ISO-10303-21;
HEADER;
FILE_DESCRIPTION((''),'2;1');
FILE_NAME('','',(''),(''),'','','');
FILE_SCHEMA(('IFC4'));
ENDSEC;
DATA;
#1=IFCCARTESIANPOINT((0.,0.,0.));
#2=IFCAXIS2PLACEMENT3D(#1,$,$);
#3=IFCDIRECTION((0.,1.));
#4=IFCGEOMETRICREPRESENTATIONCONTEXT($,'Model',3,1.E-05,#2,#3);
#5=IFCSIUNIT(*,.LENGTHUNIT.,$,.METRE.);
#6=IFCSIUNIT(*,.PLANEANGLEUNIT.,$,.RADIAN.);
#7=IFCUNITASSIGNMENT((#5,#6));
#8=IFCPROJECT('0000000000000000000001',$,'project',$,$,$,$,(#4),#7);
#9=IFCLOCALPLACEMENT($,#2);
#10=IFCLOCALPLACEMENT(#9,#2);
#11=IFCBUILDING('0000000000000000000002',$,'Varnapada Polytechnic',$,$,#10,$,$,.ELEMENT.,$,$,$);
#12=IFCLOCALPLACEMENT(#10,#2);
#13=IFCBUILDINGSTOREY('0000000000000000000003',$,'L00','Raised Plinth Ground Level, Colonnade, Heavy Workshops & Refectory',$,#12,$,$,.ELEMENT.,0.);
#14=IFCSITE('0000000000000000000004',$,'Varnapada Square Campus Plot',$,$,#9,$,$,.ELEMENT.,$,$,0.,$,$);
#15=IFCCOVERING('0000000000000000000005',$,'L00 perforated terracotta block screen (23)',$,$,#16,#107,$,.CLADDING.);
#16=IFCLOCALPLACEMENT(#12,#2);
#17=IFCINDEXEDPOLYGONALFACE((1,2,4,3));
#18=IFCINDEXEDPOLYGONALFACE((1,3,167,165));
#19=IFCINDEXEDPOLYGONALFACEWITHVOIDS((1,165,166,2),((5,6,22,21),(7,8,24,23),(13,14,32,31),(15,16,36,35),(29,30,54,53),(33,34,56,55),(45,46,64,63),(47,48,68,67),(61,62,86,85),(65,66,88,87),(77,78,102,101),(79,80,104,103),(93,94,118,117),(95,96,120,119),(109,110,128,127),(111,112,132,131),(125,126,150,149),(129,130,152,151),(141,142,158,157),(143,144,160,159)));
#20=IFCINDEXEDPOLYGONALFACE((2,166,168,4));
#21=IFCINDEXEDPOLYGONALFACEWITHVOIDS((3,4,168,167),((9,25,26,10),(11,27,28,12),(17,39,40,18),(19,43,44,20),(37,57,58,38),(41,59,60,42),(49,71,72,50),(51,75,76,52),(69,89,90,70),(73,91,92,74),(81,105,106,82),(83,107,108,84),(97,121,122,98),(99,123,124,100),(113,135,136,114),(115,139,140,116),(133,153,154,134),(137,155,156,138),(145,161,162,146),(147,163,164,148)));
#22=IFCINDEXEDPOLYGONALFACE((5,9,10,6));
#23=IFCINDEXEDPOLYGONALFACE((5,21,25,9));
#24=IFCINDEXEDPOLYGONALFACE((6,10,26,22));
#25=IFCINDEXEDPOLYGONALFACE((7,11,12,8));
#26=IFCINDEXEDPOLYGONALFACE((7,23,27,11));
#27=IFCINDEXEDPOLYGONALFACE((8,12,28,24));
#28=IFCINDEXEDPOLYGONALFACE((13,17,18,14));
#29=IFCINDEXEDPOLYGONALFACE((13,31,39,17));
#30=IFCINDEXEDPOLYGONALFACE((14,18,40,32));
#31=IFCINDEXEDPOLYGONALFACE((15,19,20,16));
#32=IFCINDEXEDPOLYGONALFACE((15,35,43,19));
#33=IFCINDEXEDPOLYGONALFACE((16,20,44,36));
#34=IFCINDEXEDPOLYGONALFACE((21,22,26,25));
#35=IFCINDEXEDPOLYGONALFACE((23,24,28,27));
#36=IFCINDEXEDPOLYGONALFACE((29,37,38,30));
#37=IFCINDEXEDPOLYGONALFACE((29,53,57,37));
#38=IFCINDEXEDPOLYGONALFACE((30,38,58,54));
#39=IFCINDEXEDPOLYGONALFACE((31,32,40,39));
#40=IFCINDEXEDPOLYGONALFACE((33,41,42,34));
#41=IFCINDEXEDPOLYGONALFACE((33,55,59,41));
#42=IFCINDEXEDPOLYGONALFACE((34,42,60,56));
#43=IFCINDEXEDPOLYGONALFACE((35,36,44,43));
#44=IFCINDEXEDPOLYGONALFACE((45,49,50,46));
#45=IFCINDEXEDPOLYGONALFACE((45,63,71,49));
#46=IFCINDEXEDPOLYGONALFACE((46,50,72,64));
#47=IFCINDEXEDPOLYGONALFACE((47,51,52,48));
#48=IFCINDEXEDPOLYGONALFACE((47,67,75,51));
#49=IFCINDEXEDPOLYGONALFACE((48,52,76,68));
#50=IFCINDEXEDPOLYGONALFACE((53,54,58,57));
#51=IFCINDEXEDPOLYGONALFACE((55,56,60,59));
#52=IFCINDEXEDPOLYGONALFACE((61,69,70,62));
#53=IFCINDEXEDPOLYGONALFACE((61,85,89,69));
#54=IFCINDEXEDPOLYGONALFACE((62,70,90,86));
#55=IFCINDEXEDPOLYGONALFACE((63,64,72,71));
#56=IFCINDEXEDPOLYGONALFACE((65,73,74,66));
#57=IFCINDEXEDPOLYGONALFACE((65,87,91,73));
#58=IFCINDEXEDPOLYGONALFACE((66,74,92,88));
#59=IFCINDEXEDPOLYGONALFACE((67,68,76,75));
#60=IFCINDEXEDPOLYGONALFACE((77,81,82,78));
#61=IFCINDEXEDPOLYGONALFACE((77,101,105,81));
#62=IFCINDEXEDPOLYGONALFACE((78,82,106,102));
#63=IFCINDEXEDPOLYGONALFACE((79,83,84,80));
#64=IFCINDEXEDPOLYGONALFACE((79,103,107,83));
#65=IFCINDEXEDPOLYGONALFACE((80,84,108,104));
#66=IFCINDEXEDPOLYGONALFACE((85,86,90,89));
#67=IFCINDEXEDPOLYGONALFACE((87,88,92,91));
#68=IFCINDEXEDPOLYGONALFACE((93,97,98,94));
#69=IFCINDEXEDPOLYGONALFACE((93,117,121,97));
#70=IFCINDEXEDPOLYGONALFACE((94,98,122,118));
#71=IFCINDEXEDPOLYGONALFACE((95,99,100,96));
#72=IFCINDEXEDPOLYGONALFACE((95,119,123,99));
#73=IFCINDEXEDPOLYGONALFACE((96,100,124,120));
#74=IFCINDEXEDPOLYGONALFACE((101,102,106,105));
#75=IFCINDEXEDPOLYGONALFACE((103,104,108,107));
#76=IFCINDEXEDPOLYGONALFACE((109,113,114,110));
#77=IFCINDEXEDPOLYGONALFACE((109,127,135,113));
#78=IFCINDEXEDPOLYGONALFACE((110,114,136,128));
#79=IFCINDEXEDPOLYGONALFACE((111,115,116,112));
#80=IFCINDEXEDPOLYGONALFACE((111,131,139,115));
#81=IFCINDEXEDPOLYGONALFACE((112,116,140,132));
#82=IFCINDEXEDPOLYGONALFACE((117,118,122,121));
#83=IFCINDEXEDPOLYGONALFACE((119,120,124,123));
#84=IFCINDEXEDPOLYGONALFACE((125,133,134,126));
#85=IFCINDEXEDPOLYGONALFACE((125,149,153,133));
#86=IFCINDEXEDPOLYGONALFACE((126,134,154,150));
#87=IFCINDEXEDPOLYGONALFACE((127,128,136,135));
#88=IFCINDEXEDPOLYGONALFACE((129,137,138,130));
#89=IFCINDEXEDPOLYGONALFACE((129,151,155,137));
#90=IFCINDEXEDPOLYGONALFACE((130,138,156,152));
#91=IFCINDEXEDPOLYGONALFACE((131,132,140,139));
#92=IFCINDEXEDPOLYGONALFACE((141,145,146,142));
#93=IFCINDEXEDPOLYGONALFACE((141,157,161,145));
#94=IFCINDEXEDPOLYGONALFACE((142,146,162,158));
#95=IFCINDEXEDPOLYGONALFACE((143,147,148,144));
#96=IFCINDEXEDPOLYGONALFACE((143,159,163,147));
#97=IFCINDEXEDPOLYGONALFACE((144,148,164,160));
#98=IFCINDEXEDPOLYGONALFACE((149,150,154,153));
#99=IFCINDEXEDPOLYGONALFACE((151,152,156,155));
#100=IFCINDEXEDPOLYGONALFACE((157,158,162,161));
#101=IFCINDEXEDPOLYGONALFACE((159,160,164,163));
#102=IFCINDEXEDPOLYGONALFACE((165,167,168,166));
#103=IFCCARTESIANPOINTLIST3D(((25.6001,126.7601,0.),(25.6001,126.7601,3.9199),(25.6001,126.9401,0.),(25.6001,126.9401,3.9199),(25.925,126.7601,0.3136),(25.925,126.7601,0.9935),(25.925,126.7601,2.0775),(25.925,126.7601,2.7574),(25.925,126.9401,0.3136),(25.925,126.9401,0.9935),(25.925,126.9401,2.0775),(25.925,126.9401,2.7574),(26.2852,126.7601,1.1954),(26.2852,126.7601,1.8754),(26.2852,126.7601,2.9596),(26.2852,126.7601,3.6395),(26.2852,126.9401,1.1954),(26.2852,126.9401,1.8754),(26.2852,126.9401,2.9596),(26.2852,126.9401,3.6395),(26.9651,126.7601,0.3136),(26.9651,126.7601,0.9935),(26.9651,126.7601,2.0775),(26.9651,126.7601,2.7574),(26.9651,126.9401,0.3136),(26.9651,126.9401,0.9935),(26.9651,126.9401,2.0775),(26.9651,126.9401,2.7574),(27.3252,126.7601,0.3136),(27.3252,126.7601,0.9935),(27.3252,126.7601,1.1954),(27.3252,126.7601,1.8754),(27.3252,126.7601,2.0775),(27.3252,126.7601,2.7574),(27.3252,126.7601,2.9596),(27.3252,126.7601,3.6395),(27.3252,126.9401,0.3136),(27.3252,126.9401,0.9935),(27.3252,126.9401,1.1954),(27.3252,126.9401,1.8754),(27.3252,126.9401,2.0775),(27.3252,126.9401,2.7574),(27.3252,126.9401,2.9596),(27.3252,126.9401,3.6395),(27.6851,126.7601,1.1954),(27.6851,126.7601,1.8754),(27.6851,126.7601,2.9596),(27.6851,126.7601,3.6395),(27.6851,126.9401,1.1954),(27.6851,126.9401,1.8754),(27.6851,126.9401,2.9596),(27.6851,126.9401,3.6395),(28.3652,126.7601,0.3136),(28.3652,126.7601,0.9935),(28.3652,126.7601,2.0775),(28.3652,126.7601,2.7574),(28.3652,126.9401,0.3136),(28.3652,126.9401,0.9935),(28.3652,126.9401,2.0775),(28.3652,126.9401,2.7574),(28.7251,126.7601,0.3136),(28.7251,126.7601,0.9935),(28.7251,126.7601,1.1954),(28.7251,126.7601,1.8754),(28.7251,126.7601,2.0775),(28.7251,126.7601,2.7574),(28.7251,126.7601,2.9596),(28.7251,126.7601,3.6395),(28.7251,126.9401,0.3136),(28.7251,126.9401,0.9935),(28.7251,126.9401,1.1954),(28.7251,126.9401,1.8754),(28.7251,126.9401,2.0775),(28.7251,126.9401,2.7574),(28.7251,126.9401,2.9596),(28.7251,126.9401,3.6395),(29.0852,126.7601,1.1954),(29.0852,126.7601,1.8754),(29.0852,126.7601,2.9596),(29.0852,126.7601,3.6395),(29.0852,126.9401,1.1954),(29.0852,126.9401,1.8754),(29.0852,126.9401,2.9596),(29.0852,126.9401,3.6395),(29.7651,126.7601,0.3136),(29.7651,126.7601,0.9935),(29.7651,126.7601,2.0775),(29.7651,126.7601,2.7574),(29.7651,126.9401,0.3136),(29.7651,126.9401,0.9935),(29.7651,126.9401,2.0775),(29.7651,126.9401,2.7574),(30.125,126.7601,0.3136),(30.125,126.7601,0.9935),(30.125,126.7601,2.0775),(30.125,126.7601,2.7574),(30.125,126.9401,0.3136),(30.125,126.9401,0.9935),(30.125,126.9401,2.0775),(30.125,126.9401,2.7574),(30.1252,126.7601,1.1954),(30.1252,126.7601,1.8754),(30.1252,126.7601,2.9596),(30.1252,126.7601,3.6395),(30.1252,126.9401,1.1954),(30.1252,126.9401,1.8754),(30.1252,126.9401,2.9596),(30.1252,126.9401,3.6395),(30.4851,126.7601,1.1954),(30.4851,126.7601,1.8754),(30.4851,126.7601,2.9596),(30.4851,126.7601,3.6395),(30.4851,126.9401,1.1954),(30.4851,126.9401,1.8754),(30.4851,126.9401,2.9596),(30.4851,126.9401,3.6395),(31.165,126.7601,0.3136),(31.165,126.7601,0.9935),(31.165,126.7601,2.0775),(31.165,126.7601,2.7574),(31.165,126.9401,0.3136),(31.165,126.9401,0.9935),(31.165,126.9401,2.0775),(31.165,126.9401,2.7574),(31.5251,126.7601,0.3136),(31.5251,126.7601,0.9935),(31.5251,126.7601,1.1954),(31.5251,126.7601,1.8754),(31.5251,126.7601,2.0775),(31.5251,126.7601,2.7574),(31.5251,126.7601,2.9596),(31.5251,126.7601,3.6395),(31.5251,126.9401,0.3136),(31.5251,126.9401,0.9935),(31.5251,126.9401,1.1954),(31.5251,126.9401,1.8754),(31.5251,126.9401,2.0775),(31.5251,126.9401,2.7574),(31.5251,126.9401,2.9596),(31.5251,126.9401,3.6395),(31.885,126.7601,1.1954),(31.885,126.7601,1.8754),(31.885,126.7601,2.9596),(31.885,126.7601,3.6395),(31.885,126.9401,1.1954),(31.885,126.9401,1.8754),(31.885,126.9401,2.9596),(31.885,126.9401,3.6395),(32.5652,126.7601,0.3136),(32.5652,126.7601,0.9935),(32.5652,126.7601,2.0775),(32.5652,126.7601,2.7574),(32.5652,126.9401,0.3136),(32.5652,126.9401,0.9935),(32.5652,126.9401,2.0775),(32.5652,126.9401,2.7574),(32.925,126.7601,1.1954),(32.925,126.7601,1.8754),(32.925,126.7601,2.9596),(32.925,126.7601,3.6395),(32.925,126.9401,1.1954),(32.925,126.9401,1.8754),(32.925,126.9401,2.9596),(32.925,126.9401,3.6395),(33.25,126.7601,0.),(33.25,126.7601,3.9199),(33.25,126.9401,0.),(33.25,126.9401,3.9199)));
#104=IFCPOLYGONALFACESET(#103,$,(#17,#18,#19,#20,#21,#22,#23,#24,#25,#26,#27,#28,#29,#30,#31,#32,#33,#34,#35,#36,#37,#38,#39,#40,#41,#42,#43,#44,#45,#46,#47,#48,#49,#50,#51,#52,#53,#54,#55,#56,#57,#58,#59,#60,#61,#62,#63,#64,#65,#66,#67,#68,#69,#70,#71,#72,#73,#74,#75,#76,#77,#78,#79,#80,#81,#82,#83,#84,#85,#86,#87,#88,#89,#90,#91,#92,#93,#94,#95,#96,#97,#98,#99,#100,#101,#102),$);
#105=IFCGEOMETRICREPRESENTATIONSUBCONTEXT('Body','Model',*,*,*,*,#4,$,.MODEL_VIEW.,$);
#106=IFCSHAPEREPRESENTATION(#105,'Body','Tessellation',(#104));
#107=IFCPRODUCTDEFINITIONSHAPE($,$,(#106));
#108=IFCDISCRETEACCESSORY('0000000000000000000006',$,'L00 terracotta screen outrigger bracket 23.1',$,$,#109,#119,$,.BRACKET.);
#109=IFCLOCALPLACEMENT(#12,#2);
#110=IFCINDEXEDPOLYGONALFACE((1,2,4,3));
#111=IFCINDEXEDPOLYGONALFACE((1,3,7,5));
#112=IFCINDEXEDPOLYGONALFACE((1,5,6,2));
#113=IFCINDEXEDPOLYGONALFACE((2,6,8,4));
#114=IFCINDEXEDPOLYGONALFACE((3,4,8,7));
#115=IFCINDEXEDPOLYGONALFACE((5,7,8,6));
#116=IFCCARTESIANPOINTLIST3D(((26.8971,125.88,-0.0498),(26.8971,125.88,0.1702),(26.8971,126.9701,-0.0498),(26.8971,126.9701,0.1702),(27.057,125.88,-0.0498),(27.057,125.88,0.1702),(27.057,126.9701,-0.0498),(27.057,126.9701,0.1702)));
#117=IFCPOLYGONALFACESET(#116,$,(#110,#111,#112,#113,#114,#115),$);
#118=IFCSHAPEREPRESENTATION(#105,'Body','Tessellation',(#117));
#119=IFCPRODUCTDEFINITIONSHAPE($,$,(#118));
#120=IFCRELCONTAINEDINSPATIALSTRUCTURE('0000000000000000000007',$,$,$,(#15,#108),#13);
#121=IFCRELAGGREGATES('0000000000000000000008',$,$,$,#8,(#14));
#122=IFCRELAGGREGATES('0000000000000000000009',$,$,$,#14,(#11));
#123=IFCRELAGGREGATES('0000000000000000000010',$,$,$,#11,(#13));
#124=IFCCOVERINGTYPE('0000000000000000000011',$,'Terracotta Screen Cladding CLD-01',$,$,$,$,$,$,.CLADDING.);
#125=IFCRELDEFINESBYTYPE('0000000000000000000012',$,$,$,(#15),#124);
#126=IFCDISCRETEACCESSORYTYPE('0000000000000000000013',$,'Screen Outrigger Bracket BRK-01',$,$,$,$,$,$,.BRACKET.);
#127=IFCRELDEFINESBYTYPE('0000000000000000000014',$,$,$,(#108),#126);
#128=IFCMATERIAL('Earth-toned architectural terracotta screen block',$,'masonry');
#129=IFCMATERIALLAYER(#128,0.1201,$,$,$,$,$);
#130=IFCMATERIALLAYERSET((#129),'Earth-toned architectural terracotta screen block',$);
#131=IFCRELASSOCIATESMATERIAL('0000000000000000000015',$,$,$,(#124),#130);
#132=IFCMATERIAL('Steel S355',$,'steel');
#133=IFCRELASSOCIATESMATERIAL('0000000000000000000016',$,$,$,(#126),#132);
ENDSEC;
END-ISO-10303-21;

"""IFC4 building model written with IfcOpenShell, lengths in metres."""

from ifc_helpers import new_model, si_unit, direction, frame, frame_2d, origin, origin_2d, place, context, subcontext, project, spatial, rectangle, extrude, material, layer, layer_set, type_object, element, save


model = new_model("IFC4")

# Units and contexts
model_context = context("Model", 3, precision=1e-05, world=origin(), true_north=direction((0.0, 1.0)))
body_context = subcontext(model_context, "Body", "Model", "MODEL_VIEW")
ifc_project = project(units=[si_unit("LENGTHUNIT", "METRE"), si_unit("PLANEANGLEUNIT", "RADIAN")], contexts=[model_context])

# Site, building, storey
site_placement = place(None, origin())
site = spatial("IfcSite", under=ifc_project, at=site_placement, Name="Varnapada Square Campus Plot", CompositionType="ELEMENT", RefElevation=0.0)
building_placement = place(site_placement, origin())
building = spatial("IfcBuilding", under=site, at=building_placement, Name="Varnapada Polytechnic", CompositionType="ELEMENT")
storey_placement = place(building_placement, origin())
storey = spatial("IfcBuildingStorey", under=building, at=storey_placement, Name="L00", Description="Raised Plinth Ground Level, Colonnade, Heavy Workshops & Refectory", CompositionType="ELEMENT", Elevation=0.0)

# Covering, openings
ifc_material_1 = material(Name="Earth-toned architectural terracotta screen block", Category="masonry")
ifc_layer_1 = layer(ifc_material_1, 0.1201)
ifc_layer_set_1 = layer_set([ifc_layer_1], Name="Earth-toned architectural terracotta screen block")
covering_type_1 = type_object("IfcCoveringType", Name="Terracotta Screen Cladding CLD-01", PredefinedType="CLADDING", material=ifc_layer_set_1)
covering_1_placement = place(storey_placement, frame((25.6001, 126.8501, 0.0), z_axis=(0.0, 0.0, 1.0), x_axis=(1.0, 0.0, 0.0)))
covering_1 = element("IfcCovering", 1, at=covering_1_placement, inside=storey, type_object=covering_type_1, Name="L00 perforated terracotta block screen (23)", PredefinedType="CLADDING", context=body_context, shape_type="SweptSolid", body=[
    extrude(rectangle(XDim=7.6499, YDim=0.1799, at=frame_2d((3.825, 0.0))), origin(), (0.0, 0.0, 1.0), 3.9199),
])
opening_1_placement = place(covering_1_placement, frame((0.325, 0.0, 0.3137)))
element("IfcOpeningElement", 2, at=opening_1_placement, cuts=covering_1, PredefinedType="OPENING", context=body_context, shape_type="SweptSolid", body=[
    extrude(rectangle(XDim=1.04, YDim=0.6799, at=frame_2d((0.52, 0.3398))), frame((0.0, 0.0999, 0.0), z_axis=(0.0, -1.0, 0.0), x_axis=(1.0, 0.0, 0.0)), (0.0, 0.0, 1.0), 0.2),
])
opening_2_placement = place(covering_1_placement, frame((1.7251, 0.0, 0.3137)))
element("IfcOpeningElement", 3, at=opening_2_placement, cuts=covering_1, PredefinedType="OPENING", context=body_context, shape_type="SweptSolid", body=[
    extrude(rectangle(XDim=1.04, YDim=0.6799, at=frame_2d((0.52, 0.3398))), frame((0.0, 0.0999, 0.0), z_axis=(0.0, -1.0, 0.0), x_axis=(1.0, 0.0, 0.0)), (0.0, 0.0, 1.0), 0.2),
])
opening_3_placement = place(covering_1_placement, frame((3.125, 0.0, 0.3137)))
element("IfcOpeningElement", 4, at=opening_3_placement, cuts=covering_1, PredefinedType="OPENING", context=body_context, shape_type="SweptSolid", body=[
    extrude(rectangle(XDim=1.04, YDim=0.6799, at=frame_2d((0.52, 0.3398))), frame((0.0, 0.0999, 0.0), z_axis=(0.0, -1.0, 0.0), x_axis=(1.0, 0.0, 0.0)), (0.0, 0.0, 1.0), 0.2),
])
opening_4_placement = place(covering_1_placement, frame((4.5249, 0.0, 0.3137)))
element("IfcOpeningElement", 5, at=opening_4_placement, cuts=covering_1, PredefinedType="OPENING", context=body_context, shape_type="SweptSolid", body=[
    extrude(rectangle(XDim=1.04, YDim=0.6799, at=frame_2d((0.52, 0.3398))), frame((0.0, 0.0999, 0.0), z_axis=(0.0, -1.0, 0.0), x_axis=(1.0, 0.0, 0.0)), (0.0, 0.0, 1.0), 0.2),
])
opening_5_placement = place(covering_1_placement, frame((5.925, 0.0, 0.3137)))
element("IfcOpeningElement", 6, at=opening_5_placement, cuts=covering_1, PredefinedType="OPENING", context=body_context, shape_type="SweptSolid", body=[
    extrude(rectangle(XDim=1.04, YDim=0.6799, at=frame_2d((0.52, 0.3398))), frame((0.0, 0.0999, 0.0), z_axis=(0.0, -1.0, 0.0), x_axis=(1.0, 0.0, 0.0)), (0.0, 0.0, 1.0), 0.2),
])
opening_6_placement = place(covering_1_placement, frame((0.6851, 0.0, 1.1956)))
element("IfcOpeningElement", 7, at=opening_6_placement, cuts=covering_1, PredefinedType="OPENING", context=body_context, shape_type="SweptSolid", body=[
    extrude(rectangle(XDim=1.04, YDim=0.6799, at=frame_2d((0.52, 0.3398))), frame((0.0, 0.0999, 0.0), z_axis=(0.0, -1.0, 0.0), x_axis=(1.0, 0.0, 0.0)), (0.0, 0.0, 1.0), 0.2),
])
opening_7_placement = place(covering_1_placement, frame((2.085, 0.0, 1.1956)))
element("IfcOpeningElement", 8, at=opening_7_placement, cuts=covering_1, PredefinedType="OPENING", context=body_context, shape_type="SweptSolid", body=[
    extrude(rectangle(XDim=1.04, YDim=0.6799, at=frame_2d((0.52, 0.3398))), frame((0.0, 0.0999, 0.0), z_axis=(0.0, -1.0, 0.0), x_axis=(1.0, 0.0, 0.0)), (0.0, 0.0, 1.0), 0.2),
])
opening_8_placement = place(covering_1_placement, frame((3.4851, 0.0, 1.1956)))
element("IfcOpeningElement", 9, at=opening_8_placement, cuts=covering_1, PredefinedType="OPENING", context=body_context, shape_type="SweptSolid", body=[
    extrude(rectangle(XDim=1.04, YDim=0.6799, at=frame_2d((0.52, 0.3398))), frame((0.0, 0.0999, 0.0), z_axis=(0.0, -1.0, 0.0), x_axis=(1.0, 0.0, 0.0)), (0.0, 0.0, 1.0), 0.2),
])
opening_9_placement = place(covering_1_placement, frame((4.885, 0.0, 1.1956)))
element("IfcOpeningElement", 10, at=opening_9_placement, cuts=covering_1, PredefinedType="OPENING", context=body_context, shape_type="SweptSolid", body=[
    extrude(rectangle(XDim=1.04, YDim=0.6799, at=frame_2d((0.52, 0.3398))), frame((0.0, 0.0999, 0.0), z_axis=(0.0, -1.0, 0.0), x_axis=(1.0, 0.0, 0.0)), (0.0, 0.0, 1.0), 0.2),
])
opening_10_placement = place(covering_1_placement, frame((6.2849, 0.0, 1.1956)))
element("IfcOpeningElement", 11, at=opening_10_placement, cuts=covering_1, PredefinedType="OPENING", context=body_context, shape_type="SweptSolid", body=[
    extrude(rectangle(XDim=1.04, YDim=0.6799, at=frame_2d((0.52, 0.3398))), frame((0.0, 0.0999, 0.0), z_axis=(0.0, -1.0, 0.0), x_axis=(1.0, 0.0, 0.0)), (0.0, 0.0, 1.0), 0.2),
])
opening_11_placement = place(covering_1_placement, frame((0.325, 0.0, 2.0776)))
element("IfcOpeningElement", 12, at=opening_11_placement, cuts=covering_1, PredefinedType="OPENING", context=body_context, shape_type="SweptSolid", body=[
    extrude(rectangle(XDim=1.04, YDim=0.6799, at=frame_2d((0.52, 0.3398))), frame((0.0, 0.0999, 0.0), z_axis=(0.0, -1.0, 0.0), x_axis=(1.0, 0.0, 0.0)), (0.0, 0.0, 1.0), 0.2),
])
opening_12_placement = place(covering_1_placement, frame((1.7251, 0.0, 2.0776)))
element("IfcOpeningElement", 13, at=opening_12_placement, cuts=covering_1, PredefinedType="OPENING", context=body_context, shape_type="SweptSolid", body=[
    extrude(rectangle(XDim=1.04, YDim=0.6799, at=frame_2d((0.52, 0.3398))), frame((0.0, 0.0999, 0.0), z_axis=(0.0, -1.0, 0.0), x_axis=(1.0, 0.0, 0.0)), (0.0, 0.0, 1.0), 0.2),
])
opening_13_placement = place(covering_1_placement, frame((3.125, 0.0, 2.0776)))
element("IfcOpeningElement", 14, at=opening_13_placement, cuts=covering_1, PredefinedType="OPENING", context=body_context, shape_type="SweptSolid", body=[
    extrude(rectangle(XDim=1.04, YDim=0.6799, at=frame_2d((0.52, 0.3398))), frame((0.0, 0.0999, 0.0), z_axis=(0.0, -1.0, 0.0), x_axis=(1.0, 0.0, 0.0)), (0.0, 0.0, 1.0), 0.2),
])
opening_14_placement = place(covering_1_placement, frame((4.5249, 0.0, 2.0776)))
element("IfcOpeningElement", 15, at=opening_14_placement, cuts=covering_1, PredefinedType="OPENING", context=body_context, shape_type="SweptSolid", body=[
    extrude(rectangle(XDim=1.04, YDim=0.6799, at=frame_2d((0.52, 0.3398))), frame((0.0, 0.0999, 0.0), z_axis=(0.0, -1.0, 0.0), x_axis=(1.0, 0.0, 0.0)), (0.0, 0.0, 1.0), 0.2),
])
opening_15_placement = place(covering_1_placement, frame((5.925, 0.0, 2.0776)))
element("IfcOpeningElement", 16, at=opening_15_placement, cuts=covering_1, PredefinedType="OPENING", context=body_context, shape_type="SweptSolid", body=[
    extrude(rectangle(XDim=1.04, YDim=0.6799, at=frame_2d((0.52, 0.3398))), frame((0.0, 0.0999, 0.0), z_axis=(0.0, -1.0, 0.0), x_axis=(1.0, 0.0, 0.0)), (0.0, 0.0, 1.0), 0.2),
])
opening_16_placement = place(covering_1_placement, frame((0.6851, 0.0, 2.9597)))
element("IfcOpeningElement", 17, at=opening_16_placement, cuts=covering_1, PredefinedType="OPENING", context=body_context, shape_type="SweptSolid", body=[
    extrude(rectangle(XDim=1.04, YDim=0.6799, at=frame_2d((0.52, 0.3398))), frame((0.0, 0.0999, 0.0), z_axis=(0.0, -1.0, 0.0), x_axis=(1.0, 0.0, 0.0)), (0.0, 0.0, 1.0), 0.2),
])
opening_17_placement = place(covering_1_placement, frame((2.085, 0.0, 2.9597)))
element("IfcOpeningElement", 18, at=opening_17_placement, cuts=covering_1, PredefinedType="OPENING", context=body_context, shape_type="SweptSolid", body=[
    extrude(rectangle(XDim=1.04, YDim=0.6799, at=frame_2d((0.52, 0.3398))), frame((0.0, 0.0999, 0.0), z_axis=(0.0, -1.0, 0.0), x_axis=(1.0, 0.0, 0.0)), (0.0, 0.0, 1.0), 0.2),
])
opening_18_placement = place(covering_1_placement, frame((3.4851, 0.0, 2.9597)))
element("IfcOpeningElement", 19, at=opening_18_placement, cuts=covering_1, PredefinedType="OPENING", context=body_context, shape_type="SweptSolid", body=[
    extrude(rectangle(XDim=1.04, YDim=0.6799, at=frame_2d((0.52, 0.3398))), frame((0.0, 0.0999, 0.0), z_axis=(0.0, -1.0, 0.0), x_axis=(1.0, 0.0, 0.0)), (0.0, 0.0, 1.0), 0.2),
])
opening_19_placement = place(covering_1_placement, frame((4.885, 0.0, 2.9597)))
element("IfcOpeningElement", 20, at=opening_19_placement, cuts=covering_1, PredefinedType="OPENING", context=body_context, shape_type="SweptSolid", body=[
    extrude(rectangle(XDim=1.04, YDim=0.6799, at=frame_2d((0.52, 0.3398))), frame((0.0, 0.0999, 0.0), z_axis=(0.0, -1.0, 0.0), x_axis=(1.0, 0.0, 0.0)), (0.0, 0.0, 1.0), 0.2),
])
opening_20_placement = place(covering_1_placement, frame((6.2849, 0.0, 2.9597)))
element("IfcOpeningElement", 21, at=opening_20_placement, cuts=covering_1, PredefinedType="OPENING", context=body_context, shape_type="SweptSolid", body=[
    extrude(rectangle(XDim=1.04, YDim=0.6799, at=frame_2d((0.52, 0.3398))), frame((0.0, 0.0999, 0.0), z_axis=(0.0, -1.0, 0.0), x_axis=(1.0, 0.0, 0.0)), (0.0, 0.0, 1.0), 0.2),
])

# Discrete accessory
ifc_material_2 = material(Name="Steel S355", Category="steel")
discrete_accessory_type = type_object("IfcDiscreteAccessoryType", Name="Screen Outrigger Bracket BRK-01", PredefinedType="BRACKET", material=ifc_material_2)
discrete_accessory_placement = place(storey_placement, frame((26.9771, 126.425, -0.0498), z_axis=(0.0, 0.0, 1.0), x_axis=(1.0, 0.0, 0.0)))
element("IfcDiscreteAccessory", 22, at=discrete_accessory_placement, inside=storey, type_object=discrete_accessory_type, Name="L00 terracotta screen outrigger bracket 23.1", PredefinedType="BRACKET", context=body_context, shape_type="SweptSolid", body=[
    extrude(rectangle(XDim=0.1599, YDim=1.0901, at=origin_2d()), origin(), (0.0, 0.0, 1.0), 0.22),
])

save(model, "model.ifc")
